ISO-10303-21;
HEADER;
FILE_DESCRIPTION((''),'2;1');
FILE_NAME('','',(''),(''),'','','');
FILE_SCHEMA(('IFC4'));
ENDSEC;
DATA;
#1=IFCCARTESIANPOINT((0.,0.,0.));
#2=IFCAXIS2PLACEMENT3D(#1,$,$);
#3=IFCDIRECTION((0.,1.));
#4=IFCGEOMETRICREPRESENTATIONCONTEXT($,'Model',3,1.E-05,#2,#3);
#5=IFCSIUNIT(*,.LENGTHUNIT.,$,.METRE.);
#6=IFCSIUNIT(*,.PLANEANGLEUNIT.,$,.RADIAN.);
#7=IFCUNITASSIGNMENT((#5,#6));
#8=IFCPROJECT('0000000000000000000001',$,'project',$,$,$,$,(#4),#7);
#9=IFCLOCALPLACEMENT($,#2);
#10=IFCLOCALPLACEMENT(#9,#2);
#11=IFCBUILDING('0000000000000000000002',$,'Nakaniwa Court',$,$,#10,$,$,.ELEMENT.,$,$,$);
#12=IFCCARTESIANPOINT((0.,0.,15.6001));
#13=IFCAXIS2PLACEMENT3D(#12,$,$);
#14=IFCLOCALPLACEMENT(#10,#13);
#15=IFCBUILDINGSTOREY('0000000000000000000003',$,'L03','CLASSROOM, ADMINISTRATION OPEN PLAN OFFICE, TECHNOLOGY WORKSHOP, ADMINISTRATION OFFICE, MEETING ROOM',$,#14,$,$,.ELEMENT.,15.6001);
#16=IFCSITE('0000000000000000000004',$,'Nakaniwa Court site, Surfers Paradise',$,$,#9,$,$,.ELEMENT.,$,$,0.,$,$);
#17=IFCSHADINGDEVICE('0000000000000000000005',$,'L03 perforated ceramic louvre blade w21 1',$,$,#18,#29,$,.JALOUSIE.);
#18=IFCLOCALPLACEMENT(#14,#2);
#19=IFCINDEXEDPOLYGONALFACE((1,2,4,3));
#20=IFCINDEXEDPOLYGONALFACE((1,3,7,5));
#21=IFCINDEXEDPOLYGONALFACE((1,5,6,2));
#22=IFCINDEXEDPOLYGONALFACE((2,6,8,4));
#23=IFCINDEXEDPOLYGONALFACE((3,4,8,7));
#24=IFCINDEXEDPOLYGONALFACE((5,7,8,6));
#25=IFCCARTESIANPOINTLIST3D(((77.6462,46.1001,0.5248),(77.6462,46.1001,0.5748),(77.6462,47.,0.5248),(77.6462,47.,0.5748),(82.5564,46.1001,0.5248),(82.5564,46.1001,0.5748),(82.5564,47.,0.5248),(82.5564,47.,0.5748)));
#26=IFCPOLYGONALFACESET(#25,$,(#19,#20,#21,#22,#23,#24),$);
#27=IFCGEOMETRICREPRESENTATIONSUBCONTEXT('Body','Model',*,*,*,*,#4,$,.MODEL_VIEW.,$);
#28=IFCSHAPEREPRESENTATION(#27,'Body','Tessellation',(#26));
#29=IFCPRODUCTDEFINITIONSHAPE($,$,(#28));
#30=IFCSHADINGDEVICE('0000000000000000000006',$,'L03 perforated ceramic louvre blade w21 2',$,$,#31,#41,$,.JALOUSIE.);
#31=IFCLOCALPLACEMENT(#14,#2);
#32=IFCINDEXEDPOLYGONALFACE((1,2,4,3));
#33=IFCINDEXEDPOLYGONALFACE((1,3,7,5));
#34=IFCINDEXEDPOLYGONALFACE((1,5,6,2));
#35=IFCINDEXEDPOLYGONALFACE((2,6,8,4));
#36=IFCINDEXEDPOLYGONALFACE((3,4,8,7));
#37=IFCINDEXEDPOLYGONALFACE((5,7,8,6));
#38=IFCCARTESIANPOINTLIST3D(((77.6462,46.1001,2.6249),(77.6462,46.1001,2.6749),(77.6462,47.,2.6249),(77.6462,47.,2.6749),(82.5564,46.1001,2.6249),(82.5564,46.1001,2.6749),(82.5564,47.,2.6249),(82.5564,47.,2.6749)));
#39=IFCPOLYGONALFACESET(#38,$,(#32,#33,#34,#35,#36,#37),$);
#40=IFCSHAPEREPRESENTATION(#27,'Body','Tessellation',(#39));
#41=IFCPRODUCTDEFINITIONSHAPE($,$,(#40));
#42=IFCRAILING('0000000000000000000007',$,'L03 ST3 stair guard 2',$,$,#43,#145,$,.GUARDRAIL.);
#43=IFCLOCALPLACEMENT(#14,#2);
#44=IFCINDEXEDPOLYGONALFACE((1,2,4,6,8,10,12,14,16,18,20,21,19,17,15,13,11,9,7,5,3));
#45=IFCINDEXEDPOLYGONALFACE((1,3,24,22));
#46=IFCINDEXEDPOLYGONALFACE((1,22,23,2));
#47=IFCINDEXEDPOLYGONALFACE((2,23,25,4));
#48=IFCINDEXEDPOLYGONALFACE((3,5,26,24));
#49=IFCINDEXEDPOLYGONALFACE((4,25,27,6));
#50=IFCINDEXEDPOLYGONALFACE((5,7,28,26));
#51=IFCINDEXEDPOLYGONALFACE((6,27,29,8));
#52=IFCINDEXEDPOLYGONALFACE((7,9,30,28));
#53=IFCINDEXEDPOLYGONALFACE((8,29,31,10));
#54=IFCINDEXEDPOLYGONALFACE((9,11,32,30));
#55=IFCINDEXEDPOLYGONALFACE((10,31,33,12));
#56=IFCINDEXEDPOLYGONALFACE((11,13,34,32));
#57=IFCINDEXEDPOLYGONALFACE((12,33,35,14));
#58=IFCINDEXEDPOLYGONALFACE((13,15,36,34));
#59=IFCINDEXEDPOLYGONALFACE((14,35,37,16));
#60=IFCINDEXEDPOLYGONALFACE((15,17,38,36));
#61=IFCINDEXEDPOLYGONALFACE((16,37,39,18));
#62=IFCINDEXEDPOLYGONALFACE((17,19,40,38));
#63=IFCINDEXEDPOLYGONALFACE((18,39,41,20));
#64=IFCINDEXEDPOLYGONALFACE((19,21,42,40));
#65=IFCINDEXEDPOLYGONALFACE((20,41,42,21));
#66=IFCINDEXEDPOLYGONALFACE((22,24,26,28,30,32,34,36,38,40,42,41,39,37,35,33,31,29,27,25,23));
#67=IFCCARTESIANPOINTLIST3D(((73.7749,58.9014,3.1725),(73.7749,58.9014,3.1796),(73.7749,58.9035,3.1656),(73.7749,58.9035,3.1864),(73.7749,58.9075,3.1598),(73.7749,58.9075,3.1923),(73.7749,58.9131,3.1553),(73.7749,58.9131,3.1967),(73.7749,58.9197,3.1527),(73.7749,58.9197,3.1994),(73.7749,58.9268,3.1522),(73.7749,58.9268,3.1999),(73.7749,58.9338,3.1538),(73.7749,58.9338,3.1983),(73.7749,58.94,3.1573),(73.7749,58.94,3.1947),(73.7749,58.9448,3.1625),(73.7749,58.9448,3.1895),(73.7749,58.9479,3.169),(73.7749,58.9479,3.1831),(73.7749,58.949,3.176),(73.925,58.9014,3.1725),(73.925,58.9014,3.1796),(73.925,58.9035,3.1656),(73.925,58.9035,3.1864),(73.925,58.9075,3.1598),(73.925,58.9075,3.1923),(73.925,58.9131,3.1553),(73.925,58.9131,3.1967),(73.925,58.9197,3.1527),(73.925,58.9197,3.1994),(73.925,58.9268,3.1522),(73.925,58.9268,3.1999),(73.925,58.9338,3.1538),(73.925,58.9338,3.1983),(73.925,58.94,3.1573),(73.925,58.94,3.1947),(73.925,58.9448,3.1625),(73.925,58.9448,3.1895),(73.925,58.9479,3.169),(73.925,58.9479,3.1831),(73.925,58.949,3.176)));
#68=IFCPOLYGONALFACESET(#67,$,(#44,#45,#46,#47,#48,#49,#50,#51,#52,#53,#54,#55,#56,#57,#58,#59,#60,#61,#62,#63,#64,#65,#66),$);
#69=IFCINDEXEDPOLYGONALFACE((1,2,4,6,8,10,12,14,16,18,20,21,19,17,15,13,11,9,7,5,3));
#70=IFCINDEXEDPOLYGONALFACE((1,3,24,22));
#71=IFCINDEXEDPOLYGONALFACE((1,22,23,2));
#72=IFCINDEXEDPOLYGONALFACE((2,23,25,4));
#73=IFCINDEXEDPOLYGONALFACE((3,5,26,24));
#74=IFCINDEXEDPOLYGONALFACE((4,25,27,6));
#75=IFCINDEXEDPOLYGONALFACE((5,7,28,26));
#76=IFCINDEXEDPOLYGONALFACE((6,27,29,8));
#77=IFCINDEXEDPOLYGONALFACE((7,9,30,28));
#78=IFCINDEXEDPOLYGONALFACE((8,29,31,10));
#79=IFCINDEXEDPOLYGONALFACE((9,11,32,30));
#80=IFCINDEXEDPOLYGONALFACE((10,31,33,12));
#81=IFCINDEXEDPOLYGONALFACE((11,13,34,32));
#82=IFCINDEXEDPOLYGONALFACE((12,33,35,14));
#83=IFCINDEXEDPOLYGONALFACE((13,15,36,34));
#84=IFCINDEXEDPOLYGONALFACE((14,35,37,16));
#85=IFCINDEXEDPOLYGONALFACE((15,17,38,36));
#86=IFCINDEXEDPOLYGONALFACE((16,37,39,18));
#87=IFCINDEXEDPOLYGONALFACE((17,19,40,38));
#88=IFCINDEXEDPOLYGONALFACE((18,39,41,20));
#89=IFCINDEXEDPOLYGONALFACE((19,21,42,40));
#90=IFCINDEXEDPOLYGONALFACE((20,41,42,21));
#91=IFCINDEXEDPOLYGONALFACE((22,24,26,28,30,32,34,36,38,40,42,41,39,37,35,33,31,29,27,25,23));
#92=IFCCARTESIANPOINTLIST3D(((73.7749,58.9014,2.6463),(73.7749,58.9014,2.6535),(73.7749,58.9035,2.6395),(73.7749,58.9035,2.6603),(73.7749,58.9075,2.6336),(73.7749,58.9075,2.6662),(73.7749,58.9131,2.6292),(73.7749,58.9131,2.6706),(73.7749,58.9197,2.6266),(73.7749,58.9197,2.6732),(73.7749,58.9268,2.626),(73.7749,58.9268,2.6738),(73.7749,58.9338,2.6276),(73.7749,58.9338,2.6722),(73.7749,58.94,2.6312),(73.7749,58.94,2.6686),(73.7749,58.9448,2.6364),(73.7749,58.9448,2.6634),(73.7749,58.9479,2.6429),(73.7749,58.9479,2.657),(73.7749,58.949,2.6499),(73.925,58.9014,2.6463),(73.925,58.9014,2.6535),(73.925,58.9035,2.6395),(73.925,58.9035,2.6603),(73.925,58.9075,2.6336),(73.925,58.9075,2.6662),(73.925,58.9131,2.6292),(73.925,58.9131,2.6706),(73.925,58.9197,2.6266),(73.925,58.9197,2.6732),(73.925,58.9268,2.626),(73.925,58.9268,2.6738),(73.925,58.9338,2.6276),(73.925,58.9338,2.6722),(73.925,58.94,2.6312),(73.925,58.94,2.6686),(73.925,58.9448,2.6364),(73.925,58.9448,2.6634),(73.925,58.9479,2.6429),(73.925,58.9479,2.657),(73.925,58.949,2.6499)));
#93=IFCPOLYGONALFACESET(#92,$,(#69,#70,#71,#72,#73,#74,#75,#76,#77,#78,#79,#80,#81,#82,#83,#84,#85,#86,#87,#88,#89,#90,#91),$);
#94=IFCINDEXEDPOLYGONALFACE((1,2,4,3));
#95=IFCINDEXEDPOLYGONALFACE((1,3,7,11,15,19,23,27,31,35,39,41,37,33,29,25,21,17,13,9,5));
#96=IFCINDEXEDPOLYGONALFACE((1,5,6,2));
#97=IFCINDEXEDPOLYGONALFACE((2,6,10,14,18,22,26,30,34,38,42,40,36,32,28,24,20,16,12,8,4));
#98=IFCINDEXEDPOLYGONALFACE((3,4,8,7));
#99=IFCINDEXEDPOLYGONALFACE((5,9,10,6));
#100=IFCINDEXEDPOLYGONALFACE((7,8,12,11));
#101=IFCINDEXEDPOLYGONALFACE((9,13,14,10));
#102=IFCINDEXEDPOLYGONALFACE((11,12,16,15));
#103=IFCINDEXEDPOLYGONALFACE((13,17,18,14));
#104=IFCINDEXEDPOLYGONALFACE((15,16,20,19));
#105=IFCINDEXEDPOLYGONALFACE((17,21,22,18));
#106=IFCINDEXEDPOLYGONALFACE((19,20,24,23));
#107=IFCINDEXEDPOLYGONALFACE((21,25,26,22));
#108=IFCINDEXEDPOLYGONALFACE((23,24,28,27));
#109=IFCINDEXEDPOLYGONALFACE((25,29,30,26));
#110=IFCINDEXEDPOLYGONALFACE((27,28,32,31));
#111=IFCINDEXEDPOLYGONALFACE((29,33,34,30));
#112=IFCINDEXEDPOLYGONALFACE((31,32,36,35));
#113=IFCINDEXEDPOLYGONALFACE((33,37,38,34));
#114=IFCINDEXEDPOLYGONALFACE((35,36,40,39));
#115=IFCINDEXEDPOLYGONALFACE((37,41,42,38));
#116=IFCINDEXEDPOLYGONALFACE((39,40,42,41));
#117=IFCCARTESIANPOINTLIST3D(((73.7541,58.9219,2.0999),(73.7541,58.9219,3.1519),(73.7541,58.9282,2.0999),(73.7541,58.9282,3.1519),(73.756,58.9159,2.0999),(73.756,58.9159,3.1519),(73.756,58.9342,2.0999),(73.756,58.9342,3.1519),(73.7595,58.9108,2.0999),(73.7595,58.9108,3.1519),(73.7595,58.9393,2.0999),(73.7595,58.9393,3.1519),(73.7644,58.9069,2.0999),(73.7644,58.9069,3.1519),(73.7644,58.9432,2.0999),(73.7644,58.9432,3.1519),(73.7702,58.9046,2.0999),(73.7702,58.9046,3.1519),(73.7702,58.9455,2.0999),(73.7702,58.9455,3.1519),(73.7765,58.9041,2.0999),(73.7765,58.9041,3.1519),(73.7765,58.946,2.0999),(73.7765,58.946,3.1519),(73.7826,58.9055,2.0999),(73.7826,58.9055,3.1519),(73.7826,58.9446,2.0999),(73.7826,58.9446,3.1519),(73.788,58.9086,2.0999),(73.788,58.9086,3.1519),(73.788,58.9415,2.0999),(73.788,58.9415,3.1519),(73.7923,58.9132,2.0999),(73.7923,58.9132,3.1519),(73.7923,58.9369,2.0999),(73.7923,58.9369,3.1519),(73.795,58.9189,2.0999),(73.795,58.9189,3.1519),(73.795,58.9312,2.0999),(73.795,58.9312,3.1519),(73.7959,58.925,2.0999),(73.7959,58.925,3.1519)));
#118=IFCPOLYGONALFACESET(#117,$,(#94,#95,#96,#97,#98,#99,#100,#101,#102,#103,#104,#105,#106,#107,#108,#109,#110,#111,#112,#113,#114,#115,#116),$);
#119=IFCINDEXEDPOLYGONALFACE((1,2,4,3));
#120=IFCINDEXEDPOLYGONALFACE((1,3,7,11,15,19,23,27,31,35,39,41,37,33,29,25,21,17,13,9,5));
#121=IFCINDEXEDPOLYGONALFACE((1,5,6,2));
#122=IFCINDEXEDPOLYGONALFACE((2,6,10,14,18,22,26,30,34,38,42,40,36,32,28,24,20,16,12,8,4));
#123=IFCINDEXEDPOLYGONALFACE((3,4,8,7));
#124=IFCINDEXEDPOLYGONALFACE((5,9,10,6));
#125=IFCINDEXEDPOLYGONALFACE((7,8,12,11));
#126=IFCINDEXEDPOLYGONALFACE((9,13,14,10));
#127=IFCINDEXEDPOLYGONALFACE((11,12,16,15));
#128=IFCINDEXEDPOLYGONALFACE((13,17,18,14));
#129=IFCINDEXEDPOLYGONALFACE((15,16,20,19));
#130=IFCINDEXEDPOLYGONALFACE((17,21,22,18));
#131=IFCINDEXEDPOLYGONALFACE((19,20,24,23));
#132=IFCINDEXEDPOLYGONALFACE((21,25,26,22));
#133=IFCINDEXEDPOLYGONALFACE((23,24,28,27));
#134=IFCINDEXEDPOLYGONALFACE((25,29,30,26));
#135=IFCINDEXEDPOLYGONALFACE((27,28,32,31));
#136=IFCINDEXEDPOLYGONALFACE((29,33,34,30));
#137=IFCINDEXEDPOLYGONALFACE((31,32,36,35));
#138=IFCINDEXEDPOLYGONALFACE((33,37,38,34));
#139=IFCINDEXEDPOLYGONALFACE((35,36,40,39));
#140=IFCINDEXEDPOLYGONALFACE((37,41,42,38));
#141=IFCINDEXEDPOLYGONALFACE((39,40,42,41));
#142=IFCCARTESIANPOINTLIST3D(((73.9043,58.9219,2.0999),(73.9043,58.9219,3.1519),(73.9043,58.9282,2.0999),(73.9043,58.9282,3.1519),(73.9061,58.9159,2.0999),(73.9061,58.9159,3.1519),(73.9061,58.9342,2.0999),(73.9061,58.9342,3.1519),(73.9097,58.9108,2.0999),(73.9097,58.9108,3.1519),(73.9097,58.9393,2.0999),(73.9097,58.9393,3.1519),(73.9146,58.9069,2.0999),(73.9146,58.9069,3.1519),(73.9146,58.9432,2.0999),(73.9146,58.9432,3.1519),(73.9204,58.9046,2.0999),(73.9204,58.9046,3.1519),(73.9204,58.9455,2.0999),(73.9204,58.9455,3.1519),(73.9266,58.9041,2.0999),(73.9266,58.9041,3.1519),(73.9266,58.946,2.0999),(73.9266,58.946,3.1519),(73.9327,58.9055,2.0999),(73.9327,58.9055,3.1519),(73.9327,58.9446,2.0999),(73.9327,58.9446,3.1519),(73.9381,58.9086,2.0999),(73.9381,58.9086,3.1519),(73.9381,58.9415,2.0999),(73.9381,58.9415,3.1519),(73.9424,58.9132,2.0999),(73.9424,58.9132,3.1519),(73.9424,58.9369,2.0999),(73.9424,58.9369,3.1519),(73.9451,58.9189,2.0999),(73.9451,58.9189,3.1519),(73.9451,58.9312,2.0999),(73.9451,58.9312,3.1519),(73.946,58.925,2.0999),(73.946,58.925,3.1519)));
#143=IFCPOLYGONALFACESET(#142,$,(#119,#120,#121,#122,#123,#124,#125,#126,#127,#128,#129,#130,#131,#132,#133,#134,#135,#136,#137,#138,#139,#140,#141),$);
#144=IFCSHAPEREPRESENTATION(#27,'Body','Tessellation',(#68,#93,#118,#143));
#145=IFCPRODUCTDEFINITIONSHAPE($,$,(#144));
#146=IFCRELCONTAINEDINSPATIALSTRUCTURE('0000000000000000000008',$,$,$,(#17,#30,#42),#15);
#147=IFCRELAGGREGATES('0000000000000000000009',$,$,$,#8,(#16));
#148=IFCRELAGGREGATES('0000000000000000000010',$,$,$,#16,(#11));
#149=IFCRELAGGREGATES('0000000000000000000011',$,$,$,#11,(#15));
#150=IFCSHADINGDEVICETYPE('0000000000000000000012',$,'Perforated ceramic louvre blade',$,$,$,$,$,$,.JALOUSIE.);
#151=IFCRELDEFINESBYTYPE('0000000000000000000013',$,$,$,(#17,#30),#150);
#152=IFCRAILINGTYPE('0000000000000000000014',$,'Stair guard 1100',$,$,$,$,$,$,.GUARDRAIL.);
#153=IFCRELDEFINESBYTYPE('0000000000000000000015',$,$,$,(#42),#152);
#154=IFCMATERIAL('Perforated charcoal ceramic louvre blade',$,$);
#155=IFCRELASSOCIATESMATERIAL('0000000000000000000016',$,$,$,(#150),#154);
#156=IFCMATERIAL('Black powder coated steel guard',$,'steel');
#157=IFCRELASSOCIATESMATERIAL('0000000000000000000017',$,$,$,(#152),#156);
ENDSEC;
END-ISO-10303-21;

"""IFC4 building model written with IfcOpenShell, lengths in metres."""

from ifc_helpers import new_model, si_unit, direction, frame, origin, origin_2d, place, context, subcontext, project, spatial, rectangle, circle, extrude, material, material_profile, profile_set, type_object, element, save


model = new_model("IFC4")

# Units and contexts
model_context = context("Model", 3, precision=1e-05, world=origin(), true_north=direction((0.0, 1.0)))
body_context = subcontext(model_context, "Body", "Model", "MODEL_VIEW")
ifc_project = project(units=[si_unit("LENGTHUNIT", "METRE"), si_unit("PLANEANGLEUNIT", "RADIAN")], contexts=[model_context])

# Site, building, storey
site_placement = place(None, origin())
site = spatial("IfcSite", under=ifc_project, at=site_placement, Name="Nakaniwa Court site, Surfers Paradise", CompositionType="ELEMENT", RefElevation=0.0)
building_placement = place(site_placement, origin())
building = spatial("IfcBuilding", under=site, at=building_placement, Name="Nakaniwa Court", CompositionType="ELEMENT")
storey_placement = place(building_placement, frame((0.0, 0.0, 15.6001)))
storey = spatial("IfcBuildingStorey", under=building, at=storey_placement, Name="L03", Description="CLASSROOM, ADMINISTRATION OPEN PLAN OFFICE, TECHNOLOGY WORKSHOP, ADMINISTRATION OFFICE, MEETING ROOM", CompositionType="ELEMENT", Elevation=15.6001)

# Shading devices
ifc_material_1 = material(Name="Perforated charcoal ceramic louvre blade")
ifc_material_profile_1 = material_profile(ifc_material_1, rectangle(XDim=0.8999, YDim=0.05, at=origin_2d()), Name="Perforated ceramic louvre blade")
ifc_profile_set_1 = profile_set([ifc_material_profile_1], Name="Perforated charcoal ceramic louvre blade")
shading_device_type = type_object("IfcShadingDeviceType", Name="Perforated ceramic louvre blade", PredefinedType="JALOUSIE", material=ifc_profile_set_1)
for number, where, z_axis, x_axis, name in (
    (1, (77.6462, 46.55, 0.5498), (1.0, 0.0, 0.0), (0.0, 1.0, 0.0), "L03 perforated ceramic louvre blade w21 1"),
    (2, (77.6462, 46.55, 2.6499), (1.0, 0.0, 0.0), (0.0, 1.0, 0.0), "L03 perforated ceramic louvre blade w21 2"),
):
    element("IfcShadingDevice", number, at=place(storey_placement, frame(where, z_axis=z_axis, x_axis=x_axis)), inside=storey, type_object=shading_device_type, Name=name, PredefinedType="JALOUSIE", context=body_context, shape_type="SweptSolid", body=[
        extrude(rectangle(XDim=0.8999, YDim=0.05, at=origin_2d()), origin(), (0.0, 0.0, 1.0), 4.9102),
    ])

# Railing
ifc_material_2 = material(Name="Black powder coated steel guard", Category="steel")
railing_type_1 = type_object("IfcRailingType", Name="Stair guard 1100", PredefinedType="GUARDRAIL", material=ifc_material_2)
railing_1_placement = place(storey_placement, frame((73.7749, 58.925, 2.0999)))
element("IfcRailing", 3, at=railing_1_placement, inside=storey, type_object=railing_type_1, Name="L03 ST3 stair guard 2", PredefinedType="GUARDRAIL", context=body_context, shape_type="SweptSolid", body=[
    extrude(circle(Radius=0.0239, at=origin_2d()), frame((0.0, 0.0, 1.0762), z_axis=(1.0, 0.0, 0.0), x_axis=(0.0, 1.0, 0.0)), (0.0, 0.0, 1.0), 0.1501),
    extrude(circle(Radius=0.0239, at=origin_2d()), frame((0.0, 0.0, 0.55), z_axis=(1.0, 0.0, 0.0), x_axis=(0.0, 1.0, 0.0)), (0.0, 0.0, 1.0), 0.1501),
    extrude(circle(Radius=0.021, at=origin_2d()), origin(), (0.0, 0.0, 1.0), 1.052),
    extrude(circle(Radius=0.021, at=origin_2d()), frame((0.1501, 0.0, 0.0)), (0.0, 0.0, 1.0), 1.052),
])

save(model, "model.ifc")
